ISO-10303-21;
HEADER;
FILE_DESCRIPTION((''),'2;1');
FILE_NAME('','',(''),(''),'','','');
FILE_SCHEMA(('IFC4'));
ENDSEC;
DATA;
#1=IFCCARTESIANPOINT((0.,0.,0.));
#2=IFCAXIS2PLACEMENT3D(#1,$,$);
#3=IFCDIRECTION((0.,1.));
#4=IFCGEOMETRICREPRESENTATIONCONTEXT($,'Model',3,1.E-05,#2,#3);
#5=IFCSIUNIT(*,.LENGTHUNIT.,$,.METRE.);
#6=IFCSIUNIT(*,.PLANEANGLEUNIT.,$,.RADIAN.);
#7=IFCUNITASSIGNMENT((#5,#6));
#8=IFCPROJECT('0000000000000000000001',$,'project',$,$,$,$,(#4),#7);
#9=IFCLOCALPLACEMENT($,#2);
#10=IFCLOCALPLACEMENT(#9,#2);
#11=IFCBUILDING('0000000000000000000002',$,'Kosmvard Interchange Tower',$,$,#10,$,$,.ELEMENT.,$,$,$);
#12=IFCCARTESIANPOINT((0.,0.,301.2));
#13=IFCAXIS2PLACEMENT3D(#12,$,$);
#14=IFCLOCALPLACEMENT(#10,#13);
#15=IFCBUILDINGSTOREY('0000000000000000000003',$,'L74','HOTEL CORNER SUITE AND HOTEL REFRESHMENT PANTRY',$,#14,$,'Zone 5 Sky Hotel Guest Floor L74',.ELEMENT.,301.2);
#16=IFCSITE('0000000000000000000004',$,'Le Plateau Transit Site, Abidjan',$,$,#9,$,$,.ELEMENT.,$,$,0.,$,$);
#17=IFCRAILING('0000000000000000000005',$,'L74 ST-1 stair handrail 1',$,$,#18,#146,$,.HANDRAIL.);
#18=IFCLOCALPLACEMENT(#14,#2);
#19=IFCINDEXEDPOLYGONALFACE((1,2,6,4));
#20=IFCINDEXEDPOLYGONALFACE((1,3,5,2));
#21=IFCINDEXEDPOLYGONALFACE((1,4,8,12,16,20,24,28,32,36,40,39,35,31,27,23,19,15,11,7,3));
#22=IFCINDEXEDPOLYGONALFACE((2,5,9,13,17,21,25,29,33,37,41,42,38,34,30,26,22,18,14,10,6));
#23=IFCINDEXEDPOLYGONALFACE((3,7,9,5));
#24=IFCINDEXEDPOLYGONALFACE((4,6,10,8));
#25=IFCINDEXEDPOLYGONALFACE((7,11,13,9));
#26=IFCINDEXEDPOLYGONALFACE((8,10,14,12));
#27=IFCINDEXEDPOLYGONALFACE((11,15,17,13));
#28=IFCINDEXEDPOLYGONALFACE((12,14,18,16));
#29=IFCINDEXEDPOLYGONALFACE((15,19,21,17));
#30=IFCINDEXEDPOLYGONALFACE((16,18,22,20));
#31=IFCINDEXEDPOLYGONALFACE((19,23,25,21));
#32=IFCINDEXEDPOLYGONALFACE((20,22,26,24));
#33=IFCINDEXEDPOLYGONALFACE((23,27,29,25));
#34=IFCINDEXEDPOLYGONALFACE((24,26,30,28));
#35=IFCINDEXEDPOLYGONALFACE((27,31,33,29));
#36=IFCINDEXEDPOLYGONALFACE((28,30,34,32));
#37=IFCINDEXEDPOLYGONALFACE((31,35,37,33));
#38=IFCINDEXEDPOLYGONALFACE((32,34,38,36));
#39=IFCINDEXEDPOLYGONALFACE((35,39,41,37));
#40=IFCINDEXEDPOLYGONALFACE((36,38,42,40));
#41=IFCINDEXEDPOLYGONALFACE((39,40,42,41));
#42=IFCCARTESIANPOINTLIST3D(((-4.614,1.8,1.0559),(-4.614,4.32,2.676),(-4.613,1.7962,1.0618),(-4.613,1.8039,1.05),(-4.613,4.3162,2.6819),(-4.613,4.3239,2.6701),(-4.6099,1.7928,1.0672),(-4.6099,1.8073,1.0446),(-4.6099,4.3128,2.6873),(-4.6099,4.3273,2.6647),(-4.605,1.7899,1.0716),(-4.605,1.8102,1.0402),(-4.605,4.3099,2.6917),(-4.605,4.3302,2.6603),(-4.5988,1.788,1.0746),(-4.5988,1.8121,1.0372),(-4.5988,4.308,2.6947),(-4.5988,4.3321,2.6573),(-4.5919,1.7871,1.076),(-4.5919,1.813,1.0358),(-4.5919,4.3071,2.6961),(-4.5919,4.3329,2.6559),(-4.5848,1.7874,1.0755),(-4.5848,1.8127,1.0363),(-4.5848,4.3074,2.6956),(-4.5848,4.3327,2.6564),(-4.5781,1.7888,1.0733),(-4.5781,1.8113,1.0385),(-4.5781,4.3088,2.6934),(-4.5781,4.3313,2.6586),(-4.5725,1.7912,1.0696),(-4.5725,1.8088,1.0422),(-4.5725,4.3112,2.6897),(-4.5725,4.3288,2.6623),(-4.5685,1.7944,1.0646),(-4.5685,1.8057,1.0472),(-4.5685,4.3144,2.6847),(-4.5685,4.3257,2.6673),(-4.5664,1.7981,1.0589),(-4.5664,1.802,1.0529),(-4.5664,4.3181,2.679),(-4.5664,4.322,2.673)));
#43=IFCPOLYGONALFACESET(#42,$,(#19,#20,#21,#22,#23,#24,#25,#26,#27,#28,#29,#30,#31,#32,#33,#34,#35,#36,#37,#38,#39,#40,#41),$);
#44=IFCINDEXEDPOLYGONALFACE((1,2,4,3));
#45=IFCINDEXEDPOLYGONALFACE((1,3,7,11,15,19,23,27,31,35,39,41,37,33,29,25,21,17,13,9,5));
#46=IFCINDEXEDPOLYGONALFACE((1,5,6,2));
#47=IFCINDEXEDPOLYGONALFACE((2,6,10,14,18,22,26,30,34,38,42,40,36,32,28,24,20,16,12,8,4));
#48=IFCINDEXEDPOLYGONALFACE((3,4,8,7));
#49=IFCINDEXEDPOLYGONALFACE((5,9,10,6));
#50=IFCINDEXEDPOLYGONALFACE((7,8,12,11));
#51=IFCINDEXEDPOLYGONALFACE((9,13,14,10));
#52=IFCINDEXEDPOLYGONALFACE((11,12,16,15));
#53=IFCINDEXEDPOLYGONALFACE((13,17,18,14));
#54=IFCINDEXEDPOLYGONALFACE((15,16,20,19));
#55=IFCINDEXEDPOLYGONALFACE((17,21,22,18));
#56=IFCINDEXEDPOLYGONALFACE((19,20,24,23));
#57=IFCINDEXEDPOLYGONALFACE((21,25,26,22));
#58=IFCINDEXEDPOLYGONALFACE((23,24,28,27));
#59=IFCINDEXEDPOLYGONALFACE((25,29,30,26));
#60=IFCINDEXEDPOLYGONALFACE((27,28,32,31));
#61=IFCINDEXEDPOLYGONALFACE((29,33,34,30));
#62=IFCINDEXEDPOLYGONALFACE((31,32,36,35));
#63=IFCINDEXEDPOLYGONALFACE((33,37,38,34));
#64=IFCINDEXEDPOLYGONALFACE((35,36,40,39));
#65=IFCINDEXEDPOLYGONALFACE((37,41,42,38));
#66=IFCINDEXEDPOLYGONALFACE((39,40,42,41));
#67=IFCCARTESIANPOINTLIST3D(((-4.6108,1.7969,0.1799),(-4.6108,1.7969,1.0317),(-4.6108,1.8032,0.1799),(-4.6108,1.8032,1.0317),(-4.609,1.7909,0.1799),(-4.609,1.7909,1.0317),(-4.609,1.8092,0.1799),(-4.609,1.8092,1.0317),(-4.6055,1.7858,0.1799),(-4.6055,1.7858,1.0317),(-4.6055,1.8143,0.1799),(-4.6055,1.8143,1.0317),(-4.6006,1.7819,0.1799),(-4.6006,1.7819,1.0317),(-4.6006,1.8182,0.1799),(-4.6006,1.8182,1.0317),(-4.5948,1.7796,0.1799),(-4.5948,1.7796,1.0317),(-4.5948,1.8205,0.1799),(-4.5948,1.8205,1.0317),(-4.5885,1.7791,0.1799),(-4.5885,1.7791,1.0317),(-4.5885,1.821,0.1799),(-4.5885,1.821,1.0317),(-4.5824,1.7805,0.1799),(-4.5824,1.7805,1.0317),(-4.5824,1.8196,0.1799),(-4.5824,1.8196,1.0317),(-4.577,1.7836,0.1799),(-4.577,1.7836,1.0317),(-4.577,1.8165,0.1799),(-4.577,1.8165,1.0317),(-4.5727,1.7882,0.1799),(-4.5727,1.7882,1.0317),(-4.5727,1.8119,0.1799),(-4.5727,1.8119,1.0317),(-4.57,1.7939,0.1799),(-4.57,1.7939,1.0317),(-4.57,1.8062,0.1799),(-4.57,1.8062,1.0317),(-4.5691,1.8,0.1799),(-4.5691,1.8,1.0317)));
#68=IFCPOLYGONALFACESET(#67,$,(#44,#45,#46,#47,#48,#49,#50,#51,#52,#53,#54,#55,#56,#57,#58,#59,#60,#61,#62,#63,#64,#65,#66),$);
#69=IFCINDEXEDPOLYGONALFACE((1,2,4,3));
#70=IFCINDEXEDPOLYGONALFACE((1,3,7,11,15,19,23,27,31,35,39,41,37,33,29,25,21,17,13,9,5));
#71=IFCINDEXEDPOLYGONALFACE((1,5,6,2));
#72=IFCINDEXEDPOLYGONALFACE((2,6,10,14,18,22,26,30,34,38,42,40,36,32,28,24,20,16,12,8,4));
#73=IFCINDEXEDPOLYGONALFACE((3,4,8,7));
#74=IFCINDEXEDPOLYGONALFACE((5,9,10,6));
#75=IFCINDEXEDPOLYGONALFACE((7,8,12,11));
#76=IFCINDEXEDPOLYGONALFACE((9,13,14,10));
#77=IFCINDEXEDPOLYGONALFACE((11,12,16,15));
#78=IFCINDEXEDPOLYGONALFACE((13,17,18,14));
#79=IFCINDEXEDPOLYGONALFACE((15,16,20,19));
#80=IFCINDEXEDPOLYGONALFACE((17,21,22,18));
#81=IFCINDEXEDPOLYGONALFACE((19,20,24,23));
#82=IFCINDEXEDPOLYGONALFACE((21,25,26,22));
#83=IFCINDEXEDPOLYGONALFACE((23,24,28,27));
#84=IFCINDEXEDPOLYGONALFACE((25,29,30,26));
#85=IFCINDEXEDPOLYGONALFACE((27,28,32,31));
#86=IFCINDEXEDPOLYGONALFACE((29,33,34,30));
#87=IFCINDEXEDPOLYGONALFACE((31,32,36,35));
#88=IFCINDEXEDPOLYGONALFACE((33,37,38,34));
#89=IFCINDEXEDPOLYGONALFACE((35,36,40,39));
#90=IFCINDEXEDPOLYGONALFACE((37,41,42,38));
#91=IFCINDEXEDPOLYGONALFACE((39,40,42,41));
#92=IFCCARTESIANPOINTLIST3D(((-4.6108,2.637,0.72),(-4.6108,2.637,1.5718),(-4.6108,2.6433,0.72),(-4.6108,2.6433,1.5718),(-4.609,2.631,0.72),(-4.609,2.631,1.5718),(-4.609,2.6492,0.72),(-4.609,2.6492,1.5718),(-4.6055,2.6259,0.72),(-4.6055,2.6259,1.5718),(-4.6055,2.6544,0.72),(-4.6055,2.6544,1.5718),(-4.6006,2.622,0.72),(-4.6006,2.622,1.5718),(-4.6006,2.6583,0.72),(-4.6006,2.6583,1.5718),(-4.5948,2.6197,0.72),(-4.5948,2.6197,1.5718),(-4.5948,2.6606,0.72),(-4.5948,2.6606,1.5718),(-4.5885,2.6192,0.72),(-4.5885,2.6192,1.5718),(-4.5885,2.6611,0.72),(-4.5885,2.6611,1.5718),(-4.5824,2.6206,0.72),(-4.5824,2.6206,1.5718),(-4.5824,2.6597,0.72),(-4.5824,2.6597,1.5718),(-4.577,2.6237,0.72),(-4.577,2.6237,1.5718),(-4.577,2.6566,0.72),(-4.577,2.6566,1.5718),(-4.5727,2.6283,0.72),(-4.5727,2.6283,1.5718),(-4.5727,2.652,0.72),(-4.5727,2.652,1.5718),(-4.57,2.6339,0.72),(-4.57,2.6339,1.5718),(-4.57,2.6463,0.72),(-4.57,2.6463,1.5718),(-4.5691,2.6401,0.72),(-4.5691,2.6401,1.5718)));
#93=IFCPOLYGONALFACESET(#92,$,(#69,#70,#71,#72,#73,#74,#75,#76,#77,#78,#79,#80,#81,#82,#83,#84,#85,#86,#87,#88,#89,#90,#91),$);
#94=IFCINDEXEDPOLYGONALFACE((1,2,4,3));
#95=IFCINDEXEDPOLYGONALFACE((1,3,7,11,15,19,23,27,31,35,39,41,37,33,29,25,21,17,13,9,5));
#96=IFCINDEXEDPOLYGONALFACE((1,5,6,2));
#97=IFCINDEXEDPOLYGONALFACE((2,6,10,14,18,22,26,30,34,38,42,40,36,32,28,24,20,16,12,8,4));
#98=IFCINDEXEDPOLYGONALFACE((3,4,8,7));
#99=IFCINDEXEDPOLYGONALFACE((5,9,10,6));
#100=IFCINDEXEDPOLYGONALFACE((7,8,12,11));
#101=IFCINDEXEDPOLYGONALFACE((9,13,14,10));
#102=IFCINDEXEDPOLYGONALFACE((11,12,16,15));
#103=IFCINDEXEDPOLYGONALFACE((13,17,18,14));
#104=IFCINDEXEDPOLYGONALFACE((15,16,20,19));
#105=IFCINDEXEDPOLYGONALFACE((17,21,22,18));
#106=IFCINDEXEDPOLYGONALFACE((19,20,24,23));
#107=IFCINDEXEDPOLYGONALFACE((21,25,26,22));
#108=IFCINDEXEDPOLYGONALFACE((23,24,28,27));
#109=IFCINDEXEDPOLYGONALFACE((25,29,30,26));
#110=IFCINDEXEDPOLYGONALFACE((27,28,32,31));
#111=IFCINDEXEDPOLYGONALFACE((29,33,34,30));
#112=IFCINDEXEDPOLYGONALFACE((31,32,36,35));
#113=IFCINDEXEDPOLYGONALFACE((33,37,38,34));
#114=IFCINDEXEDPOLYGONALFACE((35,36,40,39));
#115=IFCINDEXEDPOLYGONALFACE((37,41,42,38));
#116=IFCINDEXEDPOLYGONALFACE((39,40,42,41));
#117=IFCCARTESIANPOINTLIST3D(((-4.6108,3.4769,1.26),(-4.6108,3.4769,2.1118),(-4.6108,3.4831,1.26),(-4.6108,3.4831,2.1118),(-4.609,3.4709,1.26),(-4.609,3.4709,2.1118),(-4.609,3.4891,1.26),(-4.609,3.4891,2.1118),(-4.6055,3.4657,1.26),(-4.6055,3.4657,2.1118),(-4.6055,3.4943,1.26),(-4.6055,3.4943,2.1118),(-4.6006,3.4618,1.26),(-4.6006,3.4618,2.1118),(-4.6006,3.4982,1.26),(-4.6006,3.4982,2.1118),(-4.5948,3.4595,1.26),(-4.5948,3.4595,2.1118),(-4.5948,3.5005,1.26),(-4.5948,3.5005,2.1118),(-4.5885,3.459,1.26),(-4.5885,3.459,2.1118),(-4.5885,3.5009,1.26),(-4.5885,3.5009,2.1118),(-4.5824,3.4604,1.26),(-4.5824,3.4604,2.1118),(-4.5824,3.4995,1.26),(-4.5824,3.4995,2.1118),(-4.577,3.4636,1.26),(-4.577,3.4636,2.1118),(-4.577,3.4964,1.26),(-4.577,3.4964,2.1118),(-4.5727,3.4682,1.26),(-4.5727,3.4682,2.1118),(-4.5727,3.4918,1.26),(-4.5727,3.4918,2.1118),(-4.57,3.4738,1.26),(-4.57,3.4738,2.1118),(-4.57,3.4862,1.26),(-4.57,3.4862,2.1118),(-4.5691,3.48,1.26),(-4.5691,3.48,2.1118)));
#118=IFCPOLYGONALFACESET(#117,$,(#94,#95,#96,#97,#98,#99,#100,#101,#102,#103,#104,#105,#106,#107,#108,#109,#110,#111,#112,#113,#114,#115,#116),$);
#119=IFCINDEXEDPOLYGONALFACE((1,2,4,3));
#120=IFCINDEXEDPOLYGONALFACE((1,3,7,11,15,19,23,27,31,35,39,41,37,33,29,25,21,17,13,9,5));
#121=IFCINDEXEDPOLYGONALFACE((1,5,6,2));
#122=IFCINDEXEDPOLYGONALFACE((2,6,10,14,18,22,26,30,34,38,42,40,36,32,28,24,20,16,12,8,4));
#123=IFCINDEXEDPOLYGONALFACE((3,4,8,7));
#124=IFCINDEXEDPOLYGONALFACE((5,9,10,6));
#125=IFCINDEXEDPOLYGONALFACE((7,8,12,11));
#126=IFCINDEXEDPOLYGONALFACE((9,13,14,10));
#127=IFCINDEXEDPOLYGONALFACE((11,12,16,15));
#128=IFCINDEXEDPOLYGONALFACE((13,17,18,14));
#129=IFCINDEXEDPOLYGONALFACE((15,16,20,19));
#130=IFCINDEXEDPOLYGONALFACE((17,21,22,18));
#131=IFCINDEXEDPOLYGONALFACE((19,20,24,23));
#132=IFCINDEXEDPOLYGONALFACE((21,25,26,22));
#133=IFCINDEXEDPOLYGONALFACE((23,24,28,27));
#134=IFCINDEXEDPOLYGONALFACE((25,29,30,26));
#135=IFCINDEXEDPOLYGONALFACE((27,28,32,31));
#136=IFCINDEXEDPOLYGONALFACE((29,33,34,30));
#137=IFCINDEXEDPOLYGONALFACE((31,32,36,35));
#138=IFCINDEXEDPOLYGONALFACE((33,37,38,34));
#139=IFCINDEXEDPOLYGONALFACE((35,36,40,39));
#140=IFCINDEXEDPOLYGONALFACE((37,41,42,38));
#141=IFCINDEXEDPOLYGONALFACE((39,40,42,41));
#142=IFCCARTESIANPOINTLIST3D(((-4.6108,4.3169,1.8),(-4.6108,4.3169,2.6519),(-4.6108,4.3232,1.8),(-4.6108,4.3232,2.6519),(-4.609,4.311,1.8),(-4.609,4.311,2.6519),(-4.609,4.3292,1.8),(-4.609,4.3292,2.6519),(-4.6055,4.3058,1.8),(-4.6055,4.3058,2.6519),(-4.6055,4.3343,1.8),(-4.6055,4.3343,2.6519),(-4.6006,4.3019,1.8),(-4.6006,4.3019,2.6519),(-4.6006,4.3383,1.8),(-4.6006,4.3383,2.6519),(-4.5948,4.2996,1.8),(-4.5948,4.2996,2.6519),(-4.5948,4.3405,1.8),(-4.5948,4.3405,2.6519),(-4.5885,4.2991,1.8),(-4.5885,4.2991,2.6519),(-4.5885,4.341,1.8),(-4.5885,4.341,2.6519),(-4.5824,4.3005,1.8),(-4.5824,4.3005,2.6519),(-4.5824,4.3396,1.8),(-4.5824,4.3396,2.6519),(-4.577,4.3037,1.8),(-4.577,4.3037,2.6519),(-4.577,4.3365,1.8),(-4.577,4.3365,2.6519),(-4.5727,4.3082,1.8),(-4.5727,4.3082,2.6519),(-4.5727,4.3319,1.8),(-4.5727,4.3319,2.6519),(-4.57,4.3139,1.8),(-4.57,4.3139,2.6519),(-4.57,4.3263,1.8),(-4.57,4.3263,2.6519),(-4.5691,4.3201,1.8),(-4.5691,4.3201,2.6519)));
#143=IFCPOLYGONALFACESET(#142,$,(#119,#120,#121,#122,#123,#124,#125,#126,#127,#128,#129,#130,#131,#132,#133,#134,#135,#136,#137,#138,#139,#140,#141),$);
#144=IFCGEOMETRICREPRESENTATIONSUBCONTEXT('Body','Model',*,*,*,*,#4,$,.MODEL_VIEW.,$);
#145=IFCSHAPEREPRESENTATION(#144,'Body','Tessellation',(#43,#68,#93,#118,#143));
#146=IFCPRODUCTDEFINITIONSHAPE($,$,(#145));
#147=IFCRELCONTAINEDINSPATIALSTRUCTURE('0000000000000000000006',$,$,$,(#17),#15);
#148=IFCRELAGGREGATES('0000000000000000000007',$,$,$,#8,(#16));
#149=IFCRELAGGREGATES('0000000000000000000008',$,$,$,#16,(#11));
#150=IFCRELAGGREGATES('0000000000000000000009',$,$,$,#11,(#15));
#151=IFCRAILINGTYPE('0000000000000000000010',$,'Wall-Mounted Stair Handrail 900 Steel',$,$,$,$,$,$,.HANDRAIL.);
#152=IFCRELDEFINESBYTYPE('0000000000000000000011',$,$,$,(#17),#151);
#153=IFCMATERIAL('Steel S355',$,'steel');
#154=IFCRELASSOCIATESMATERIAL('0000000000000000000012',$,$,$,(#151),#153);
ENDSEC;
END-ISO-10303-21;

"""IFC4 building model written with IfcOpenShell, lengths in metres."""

from ifc_helpers import new_model, si_unit, direction, frame, origin, origin_2d, place, context, subcontext, project, spatial, circle, extrude, source, transform, mapped, material, type_object, element, save


model = new_model("IFC4")

# Units and contexts
model_context = context("Model", 3, precision=1e-05, world=origin(), true_north=direction((0.0, 1.0)))
body_context = subcontext(model_context, "Body", "Model", "MODEL_VIEW")
ifc_project = project(units=[si_unit("LENGTHUNIT", "METRE"), si_unit("PLANEANGLEUNIT", "RADIAN")], contexts=[model_context])

# Site, building, storey
site_placement = place(None, origin())
site = spatial("IfcSite", under=ifc_project, at=site_placement, Name="Le Plateau Transit Site, Abidjan", CompositionType="ELEMENT", RefElevation=0.0)
building_placement = place(site_placement, origin())
building = spatial("IfcBuilding", under=site, at=building_placement, Name="Kosmvard Interchange Tower", CompositionType="ELEMENT")
storey_placement = place(building_placement, frame((0.0, 0.0, 301.2)))
storey = spatial("IfcBuildingStorey", under=building, at=storey_placement, Name="L74", Description="HOTEL CORNER SUITE AND HOTEL REFRESHMENT PANTRY", LongName="Zone 5 Sky Hotel Guest Floor L74", CompositionType="ELEMENT", Elevation=301.2)

# Shared definitions
ifc_material_1 = material(Name="Steel S355", Category="steel")

# Railing
railing_type_1 = type_object("IfcRailingType", Name="Wall-Mounted Stair Handrail 900 Steel", PredefinedType="HANDRAIL", material=ifc_material_1)
shared_shape_1 = source(origin(), body_context, "Body", "SweptSolid", [
    extrude(circle(Radius=0.0239, at=origin_2d()), frame((0.0, 0.0, 0.876), z_axis=(0.0, 0.841163, 0.540782), x_axis=(-1.0, 0.0, 0.0)), (0.0, 0.0, 1.0), 2.9958),
    extrude(circle(Radius=0.021, at=origin_2d()), origin(), (0.0, 0.0, 1.0), 0.8518),
    extrude(circle(Radius=0.021, at=origin_2d()), frame((0.0, 0.8401, 0.54)), (0.0, 0.0, 1.0), 0.8518),
    extrude(circle(Radius=0.021, at=origin_2d()), frame((0.0, 1.6799, 1.0801)), (0.0, 0.0, 1.0), 0.8518),
    extrude(circle(Radius=0.021, at=origin_2d()), frame((0.0, 2.52, 1.6201)), (0.0, 0.0, 1.0), 0.8518),
])
railing_1_placement = place(storey_placement, frame((-4.5901, 1.8, 0.1799)))
element("IfcRailing", 1, at=railing_1_placement, inside=storey, type_object=railing_type_1, Name="L74 ST-1 stair handrail 1", PredefinedType="HANDRAIL", context=body_context, shape_type="MappedRepresentation", body=[
    mapped(shared_shape_1, transform((0.0, 0.0, 0.0), scale=1.0)),
])

save(model, "model.ifc")
